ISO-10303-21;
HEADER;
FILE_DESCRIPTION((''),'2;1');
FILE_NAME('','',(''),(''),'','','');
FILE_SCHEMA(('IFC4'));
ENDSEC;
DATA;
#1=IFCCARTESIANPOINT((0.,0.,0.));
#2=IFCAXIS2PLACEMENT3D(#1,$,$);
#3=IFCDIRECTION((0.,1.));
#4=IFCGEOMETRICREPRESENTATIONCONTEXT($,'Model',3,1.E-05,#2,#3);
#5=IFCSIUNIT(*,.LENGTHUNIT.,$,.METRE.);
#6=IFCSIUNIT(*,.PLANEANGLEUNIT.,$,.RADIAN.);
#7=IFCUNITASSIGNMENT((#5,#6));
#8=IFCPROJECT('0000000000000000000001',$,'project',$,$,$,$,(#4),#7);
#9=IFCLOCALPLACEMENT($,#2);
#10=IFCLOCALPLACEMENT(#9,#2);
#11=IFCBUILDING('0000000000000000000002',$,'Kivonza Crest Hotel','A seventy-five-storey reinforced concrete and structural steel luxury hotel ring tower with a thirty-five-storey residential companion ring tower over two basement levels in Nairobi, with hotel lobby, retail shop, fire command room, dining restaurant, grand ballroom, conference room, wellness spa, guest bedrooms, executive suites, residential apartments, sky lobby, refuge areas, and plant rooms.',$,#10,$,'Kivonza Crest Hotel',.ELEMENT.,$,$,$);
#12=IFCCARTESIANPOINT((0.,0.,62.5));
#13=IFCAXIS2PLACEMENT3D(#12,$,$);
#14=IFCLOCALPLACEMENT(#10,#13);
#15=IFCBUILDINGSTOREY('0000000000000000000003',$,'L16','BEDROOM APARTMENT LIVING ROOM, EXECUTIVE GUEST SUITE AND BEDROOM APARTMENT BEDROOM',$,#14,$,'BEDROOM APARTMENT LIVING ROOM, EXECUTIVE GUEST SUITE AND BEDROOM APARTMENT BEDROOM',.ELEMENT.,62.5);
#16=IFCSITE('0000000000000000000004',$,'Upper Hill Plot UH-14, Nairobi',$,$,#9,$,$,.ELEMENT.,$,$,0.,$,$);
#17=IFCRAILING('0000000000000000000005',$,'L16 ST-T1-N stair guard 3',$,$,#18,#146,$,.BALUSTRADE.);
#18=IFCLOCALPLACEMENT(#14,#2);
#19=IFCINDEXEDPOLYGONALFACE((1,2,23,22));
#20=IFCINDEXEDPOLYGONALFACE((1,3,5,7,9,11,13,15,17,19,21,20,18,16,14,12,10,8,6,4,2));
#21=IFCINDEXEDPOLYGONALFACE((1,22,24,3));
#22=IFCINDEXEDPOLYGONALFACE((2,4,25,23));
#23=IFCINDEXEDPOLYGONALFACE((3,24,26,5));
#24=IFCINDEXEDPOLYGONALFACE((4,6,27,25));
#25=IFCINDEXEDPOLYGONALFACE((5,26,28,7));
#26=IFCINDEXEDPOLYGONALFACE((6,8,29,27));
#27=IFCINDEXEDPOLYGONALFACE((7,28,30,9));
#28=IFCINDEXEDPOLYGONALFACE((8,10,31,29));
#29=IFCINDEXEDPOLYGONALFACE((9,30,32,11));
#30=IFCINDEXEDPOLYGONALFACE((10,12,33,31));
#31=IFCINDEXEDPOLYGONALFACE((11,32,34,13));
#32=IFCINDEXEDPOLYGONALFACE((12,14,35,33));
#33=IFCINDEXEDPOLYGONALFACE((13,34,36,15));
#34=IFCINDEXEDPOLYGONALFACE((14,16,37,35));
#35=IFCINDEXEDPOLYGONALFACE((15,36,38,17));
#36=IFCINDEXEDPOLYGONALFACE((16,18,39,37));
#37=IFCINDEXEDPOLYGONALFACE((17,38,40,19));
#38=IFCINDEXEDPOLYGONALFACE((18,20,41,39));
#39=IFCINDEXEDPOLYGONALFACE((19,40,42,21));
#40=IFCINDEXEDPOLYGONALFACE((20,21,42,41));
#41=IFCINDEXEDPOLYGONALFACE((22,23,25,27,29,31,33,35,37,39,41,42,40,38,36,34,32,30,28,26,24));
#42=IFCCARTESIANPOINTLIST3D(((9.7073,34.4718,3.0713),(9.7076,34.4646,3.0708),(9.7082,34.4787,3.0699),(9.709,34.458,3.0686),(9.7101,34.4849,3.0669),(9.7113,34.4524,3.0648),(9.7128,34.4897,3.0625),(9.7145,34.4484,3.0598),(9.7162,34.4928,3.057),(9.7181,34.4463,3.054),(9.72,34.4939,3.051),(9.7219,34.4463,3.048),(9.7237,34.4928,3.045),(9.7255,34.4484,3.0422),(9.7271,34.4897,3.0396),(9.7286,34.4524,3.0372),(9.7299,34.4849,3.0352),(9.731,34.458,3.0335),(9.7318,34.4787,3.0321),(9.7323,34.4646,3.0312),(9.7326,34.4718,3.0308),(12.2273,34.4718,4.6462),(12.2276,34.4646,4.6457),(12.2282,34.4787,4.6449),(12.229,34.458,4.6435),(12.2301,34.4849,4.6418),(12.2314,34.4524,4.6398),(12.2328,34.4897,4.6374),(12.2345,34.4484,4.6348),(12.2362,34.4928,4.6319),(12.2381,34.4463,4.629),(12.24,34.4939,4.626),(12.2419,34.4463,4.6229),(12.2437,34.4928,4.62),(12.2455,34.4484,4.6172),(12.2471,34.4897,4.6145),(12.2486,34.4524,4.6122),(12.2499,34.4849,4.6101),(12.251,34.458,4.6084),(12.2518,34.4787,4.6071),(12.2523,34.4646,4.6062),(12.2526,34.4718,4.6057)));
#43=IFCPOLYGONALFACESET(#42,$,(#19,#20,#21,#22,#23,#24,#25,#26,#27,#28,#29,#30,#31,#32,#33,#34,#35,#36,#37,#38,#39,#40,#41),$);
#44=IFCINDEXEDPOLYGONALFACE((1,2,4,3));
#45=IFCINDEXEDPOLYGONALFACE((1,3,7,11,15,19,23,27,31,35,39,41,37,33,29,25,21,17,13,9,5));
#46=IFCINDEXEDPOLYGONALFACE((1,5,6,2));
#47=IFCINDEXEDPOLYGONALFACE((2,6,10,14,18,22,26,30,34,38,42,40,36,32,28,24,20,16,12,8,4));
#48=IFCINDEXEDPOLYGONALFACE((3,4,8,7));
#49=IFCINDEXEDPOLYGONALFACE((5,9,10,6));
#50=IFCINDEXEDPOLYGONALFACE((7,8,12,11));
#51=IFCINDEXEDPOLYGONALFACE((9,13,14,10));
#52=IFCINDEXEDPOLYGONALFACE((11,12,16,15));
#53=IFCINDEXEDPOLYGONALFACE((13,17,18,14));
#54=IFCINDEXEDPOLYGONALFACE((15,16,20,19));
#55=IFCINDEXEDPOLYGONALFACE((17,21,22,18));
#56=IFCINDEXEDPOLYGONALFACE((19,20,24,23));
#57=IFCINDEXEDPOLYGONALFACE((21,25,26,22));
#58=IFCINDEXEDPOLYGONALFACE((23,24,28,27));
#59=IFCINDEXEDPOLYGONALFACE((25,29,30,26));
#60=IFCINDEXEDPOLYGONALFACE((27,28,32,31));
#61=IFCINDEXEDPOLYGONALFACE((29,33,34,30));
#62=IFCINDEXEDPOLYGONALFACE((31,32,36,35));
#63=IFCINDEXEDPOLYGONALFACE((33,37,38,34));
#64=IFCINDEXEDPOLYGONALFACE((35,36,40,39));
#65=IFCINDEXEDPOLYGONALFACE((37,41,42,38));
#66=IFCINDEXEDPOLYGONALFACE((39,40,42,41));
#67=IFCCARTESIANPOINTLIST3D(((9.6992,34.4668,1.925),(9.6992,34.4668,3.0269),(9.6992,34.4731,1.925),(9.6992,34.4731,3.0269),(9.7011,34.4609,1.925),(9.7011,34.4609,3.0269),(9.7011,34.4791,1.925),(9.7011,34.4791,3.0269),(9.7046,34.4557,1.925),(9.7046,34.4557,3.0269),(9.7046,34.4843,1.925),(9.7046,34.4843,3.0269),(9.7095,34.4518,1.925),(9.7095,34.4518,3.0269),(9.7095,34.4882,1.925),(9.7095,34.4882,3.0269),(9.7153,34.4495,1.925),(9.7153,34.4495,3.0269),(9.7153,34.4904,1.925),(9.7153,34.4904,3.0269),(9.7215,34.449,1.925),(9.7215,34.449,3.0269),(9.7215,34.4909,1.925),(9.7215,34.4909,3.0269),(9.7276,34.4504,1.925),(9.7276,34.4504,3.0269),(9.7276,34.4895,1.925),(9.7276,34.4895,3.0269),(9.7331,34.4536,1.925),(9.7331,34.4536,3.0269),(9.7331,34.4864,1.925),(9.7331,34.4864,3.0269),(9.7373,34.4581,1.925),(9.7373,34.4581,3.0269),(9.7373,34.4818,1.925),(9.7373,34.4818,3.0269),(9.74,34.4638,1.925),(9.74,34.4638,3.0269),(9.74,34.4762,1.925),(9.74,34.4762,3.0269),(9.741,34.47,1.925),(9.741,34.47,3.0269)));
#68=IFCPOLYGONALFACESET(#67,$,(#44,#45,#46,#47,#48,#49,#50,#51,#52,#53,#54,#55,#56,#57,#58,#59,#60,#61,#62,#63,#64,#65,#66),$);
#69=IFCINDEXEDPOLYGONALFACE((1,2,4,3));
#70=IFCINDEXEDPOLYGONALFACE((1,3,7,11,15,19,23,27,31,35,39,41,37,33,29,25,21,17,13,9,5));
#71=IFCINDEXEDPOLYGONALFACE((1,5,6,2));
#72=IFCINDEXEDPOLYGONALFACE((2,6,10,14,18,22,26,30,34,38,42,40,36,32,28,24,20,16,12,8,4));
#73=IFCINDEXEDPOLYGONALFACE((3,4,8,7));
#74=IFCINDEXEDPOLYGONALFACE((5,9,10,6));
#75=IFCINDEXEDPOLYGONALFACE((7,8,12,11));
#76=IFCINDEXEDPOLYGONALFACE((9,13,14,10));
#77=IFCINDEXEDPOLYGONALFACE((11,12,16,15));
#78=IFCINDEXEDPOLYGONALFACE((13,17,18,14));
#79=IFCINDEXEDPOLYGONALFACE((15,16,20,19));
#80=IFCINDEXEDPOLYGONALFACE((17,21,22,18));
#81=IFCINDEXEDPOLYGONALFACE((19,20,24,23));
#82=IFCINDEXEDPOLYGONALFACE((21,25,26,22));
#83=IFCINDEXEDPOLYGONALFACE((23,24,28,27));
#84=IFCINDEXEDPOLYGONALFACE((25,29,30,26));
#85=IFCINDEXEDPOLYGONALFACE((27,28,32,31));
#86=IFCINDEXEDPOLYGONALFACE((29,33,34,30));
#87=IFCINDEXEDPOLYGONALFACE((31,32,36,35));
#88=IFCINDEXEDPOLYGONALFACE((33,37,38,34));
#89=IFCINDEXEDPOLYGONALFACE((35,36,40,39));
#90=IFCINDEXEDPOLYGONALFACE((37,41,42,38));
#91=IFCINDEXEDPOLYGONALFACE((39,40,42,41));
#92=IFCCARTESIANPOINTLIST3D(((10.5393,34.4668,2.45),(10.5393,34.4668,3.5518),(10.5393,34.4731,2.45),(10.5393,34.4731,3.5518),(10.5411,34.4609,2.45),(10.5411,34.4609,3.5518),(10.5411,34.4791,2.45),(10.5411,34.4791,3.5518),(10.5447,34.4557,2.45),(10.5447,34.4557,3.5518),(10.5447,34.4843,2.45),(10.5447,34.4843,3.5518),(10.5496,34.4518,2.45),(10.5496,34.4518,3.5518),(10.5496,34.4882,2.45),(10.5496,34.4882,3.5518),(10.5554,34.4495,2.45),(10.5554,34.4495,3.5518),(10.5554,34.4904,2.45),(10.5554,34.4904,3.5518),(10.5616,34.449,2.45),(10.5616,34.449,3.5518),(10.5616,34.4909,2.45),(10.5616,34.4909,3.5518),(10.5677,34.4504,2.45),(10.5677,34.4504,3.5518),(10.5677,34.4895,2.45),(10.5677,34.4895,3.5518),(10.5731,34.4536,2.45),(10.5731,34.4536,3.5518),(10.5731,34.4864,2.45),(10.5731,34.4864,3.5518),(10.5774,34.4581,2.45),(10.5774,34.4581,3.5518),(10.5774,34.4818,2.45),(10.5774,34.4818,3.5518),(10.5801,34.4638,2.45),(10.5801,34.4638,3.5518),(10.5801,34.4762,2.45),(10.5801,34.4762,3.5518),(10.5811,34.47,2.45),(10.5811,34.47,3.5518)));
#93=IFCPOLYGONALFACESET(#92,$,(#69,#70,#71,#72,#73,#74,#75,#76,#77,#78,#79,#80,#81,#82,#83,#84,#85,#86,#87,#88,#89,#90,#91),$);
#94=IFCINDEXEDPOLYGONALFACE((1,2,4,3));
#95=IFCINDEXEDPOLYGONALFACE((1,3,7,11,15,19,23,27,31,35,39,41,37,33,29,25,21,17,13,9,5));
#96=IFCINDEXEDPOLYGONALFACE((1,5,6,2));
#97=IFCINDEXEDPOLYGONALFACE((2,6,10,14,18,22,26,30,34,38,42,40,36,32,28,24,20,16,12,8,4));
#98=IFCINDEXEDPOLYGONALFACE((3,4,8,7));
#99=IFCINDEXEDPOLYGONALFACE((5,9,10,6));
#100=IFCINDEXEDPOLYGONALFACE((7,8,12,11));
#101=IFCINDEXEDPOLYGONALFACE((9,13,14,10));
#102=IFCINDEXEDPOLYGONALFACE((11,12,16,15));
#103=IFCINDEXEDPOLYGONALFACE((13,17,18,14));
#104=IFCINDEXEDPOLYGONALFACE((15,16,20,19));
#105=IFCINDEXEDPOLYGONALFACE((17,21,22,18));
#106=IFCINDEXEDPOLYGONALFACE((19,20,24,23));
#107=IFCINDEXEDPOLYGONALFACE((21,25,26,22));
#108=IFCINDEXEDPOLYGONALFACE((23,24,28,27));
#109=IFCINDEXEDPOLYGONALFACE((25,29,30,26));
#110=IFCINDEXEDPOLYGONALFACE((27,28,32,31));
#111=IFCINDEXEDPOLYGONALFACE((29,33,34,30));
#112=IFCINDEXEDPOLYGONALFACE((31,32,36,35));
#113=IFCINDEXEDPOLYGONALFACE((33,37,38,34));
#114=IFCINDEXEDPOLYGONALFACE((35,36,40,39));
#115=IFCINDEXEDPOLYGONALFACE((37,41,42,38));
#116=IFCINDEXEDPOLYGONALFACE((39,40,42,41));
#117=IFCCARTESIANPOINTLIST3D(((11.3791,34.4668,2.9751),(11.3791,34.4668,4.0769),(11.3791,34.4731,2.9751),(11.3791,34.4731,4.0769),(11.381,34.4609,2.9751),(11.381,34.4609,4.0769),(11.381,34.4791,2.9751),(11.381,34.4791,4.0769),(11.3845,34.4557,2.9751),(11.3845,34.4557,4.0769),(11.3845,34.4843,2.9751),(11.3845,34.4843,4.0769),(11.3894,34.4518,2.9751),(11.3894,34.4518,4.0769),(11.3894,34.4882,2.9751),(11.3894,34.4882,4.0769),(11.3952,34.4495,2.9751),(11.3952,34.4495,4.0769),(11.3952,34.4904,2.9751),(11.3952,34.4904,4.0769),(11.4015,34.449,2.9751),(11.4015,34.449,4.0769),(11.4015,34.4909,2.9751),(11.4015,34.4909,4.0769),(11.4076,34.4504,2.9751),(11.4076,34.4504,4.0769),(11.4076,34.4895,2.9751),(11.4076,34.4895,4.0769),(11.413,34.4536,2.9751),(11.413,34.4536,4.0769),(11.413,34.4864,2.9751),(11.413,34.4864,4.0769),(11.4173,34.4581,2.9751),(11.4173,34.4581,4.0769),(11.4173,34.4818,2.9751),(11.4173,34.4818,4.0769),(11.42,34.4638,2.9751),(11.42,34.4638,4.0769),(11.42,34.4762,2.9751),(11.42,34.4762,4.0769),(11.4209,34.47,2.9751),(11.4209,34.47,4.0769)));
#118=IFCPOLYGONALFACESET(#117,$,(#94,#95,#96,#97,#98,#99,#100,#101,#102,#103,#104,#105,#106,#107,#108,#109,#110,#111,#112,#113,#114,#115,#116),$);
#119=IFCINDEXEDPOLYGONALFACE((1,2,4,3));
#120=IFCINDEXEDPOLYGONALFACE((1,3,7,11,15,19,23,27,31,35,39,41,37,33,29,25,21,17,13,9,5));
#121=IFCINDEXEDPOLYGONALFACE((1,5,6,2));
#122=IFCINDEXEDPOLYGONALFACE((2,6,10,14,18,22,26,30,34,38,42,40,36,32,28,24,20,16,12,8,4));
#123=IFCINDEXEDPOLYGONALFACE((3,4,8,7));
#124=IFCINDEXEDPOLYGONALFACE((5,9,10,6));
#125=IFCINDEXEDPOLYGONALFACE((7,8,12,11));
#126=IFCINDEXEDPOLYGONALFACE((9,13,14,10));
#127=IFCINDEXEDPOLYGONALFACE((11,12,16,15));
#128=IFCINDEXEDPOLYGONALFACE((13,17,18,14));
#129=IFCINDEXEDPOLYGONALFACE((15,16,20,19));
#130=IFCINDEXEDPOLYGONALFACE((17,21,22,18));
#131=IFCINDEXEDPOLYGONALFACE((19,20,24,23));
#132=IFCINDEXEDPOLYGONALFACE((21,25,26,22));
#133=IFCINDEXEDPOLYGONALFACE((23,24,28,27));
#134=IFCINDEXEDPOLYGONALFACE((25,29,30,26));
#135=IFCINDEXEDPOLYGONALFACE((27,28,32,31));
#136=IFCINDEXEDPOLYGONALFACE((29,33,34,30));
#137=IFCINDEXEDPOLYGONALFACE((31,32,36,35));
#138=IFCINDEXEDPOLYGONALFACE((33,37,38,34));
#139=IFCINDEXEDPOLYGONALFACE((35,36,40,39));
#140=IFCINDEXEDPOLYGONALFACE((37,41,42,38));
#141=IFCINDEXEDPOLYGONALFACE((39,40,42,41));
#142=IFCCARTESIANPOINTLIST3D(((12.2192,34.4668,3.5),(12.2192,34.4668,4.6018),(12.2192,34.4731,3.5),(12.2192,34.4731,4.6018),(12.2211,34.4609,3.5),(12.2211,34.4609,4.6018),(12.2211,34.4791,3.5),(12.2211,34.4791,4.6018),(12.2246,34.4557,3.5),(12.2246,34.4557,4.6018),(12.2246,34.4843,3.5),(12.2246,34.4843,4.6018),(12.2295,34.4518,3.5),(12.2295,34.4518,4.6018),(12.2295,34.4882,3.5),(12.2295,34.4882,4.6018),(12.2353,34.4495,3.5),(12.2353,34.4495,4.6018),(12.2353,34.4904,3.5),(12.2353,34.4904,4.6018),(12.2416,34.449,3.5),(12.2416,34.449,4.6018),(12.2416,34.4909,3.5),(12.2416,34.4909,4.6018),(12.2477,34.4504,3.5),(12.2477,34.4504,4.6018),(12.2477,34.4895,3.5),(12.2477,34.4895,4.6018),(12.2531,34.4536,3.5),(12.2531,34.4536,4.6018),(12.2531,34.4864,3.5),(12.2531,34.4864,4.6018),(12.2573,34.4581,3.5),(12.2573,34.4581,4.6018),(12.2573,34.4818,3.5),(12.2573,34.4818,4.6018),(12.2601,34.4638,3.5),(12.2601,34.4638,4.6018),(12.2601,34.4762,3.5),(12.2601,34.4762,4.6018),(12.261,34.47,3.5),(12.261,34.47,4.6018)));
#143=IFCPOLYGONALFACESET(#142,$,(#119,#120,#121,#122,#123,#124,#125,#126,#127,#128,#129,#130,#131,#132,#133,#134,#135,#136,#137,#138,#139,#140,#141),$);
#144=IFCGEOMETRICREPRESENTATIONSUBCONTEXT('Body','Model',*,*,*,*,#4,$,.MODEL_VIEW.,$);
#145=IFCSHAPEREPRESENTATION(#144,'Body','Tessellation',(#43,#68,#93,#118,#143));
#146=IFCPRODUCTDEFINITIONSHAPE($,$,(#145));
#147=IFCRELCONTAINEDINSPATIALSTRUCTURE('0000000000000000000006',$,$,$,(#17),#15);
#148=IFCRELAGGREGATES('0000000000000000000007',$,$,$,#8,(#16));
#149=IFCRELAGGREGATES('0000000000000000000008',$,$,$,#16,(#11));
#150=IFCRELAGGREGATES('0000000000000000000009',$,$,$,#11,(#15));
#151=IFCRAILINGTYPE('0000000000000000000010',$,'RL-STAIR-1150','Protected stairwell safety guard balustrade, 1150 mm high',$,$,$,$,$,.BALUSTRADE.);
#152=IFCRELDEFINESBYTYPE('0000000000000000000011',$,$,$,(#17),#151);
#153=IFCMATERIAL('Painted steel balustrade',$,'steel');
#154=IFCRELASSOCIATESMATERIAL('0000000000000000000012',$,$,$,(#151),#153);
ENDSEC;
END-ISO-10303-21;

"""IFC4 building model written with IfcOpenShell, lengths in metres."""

from ifc_helpers import new_model, si_unit, direction, frame, origin, origin_2d, place, context, subcontext, project, spatial, circle, extrude, material, type_object, element, save


model = new_model("IFC4")

# Units and contexts
model_context = context("Model", 3, precision=1e-05, world=origin(), true_north=direction((0.0, 1.0)))
body_context = subcontext(model_context, "Body", "Model", "MODEL_VIEW")
ifc_project = project(units=[si_unit("LENGTHUNIT", "METRE"), si_unit("PLANEANGLEUNIT", "RADIAN")], contexts=[model_context])

# Site, building, storey
site_placement = place(None, origin())
site = spatial("IfcSite", under=ifc_project, at=site_placement, Name="Upper Hill Plot UH-14, Nairobi", CompositionType="ELEMENT", RefElevation=0.0)
building_placement = place(site_placement, origin())
building = spatial("IfcBuilding", under=site, at=building_placement, Name="Kivonza Crest Hotel", Description="A seventy-five-storey reinforced concrete and structural steel luxury hotel ring tower with a thirty-five-storey residential companion ring tower over two basement levels in Nairobi, with hotel lobby, retail shop, fire command room, dining restaurant, grand ballroom, conference room, wellness spa, guest bedrooms, executive suites, residential apartments, sky lobby, refuge areas, and plant rooms.", LongName="Kivonza Crest Hotel", CompositionType="ELEMENT")
storey_placement = place(building_placement, frame((0.0, 0.0, 62.5)))
storey = spatial("IfcBuildingStorey", under=building, at=storey_placement, Name="L16", Description="BEDROOM APARTMENT LIVING ROOM, EXECUTIVE GUEST SUITE AND BEDROOM APARTMENT BEDROOM", LongName="BEDROOM APARTMENT LIVING ROOM, EXECUTIVE GUEST SUITE AND BEDROOM APARTMENT BEDROOM", CompositionType="ELEMENT", Elevation=62.5)

# Railing
ifc_material_1 = material(Name="Painted steel balustrade", Category="steel")
railing_type_1 = type_object("IfcRailingType", Name="RL-STAIR-1150", Description="Protected stairwell safety guard balustrade, 1150 mm high", PredefinedType="BALUSTRADE", material=ifc_material_1)
railing_1_placement = place(storey_placement, frame((9.72, 34.47, 1.925)))
element("IfcRailing", 1, at=railing_1_placement, inside=storey, type_object=railing_type_1, Name="L16 ST-T1-N stair guard 3", PredefinedType="BALUSTRADE", context=body_context, shape_type="SweptSolid", body=[
    extrude(circle(Radius=0.0239, at=origin_2d()), frame((0.0, 0.0, 1.126), z_axis=(0.848008, 0.0, 0.529984), x_axis=(0.0, 1.0, 0.0)), (0.0, 0.0, 1.0), 2.9717),
    extrude(circle(Radius=0.021, at=origin_2d()), origin(), (0.0, 0.0, 1.0), 1.1018),
    extrude(circle(Radius=0.021, at=origin_2d()), frame((0.8401, 0.0, 0.5249)), (0.0, 0.0, 1.0), 1.1018),
    extrude(circle(Radius=0.021, at=origin_2d()), frame((1.6799, 0.0, 1.05)), (0.0, 0.0, 1.0), 1.1018),
    extrude(circle(Radius=0.021, at=origin_2d()), frame((2.52, 0.0, 1.575)), (0.0, 0.0, 1.0), 1.1018),
])

save(model, "model.ifc")
